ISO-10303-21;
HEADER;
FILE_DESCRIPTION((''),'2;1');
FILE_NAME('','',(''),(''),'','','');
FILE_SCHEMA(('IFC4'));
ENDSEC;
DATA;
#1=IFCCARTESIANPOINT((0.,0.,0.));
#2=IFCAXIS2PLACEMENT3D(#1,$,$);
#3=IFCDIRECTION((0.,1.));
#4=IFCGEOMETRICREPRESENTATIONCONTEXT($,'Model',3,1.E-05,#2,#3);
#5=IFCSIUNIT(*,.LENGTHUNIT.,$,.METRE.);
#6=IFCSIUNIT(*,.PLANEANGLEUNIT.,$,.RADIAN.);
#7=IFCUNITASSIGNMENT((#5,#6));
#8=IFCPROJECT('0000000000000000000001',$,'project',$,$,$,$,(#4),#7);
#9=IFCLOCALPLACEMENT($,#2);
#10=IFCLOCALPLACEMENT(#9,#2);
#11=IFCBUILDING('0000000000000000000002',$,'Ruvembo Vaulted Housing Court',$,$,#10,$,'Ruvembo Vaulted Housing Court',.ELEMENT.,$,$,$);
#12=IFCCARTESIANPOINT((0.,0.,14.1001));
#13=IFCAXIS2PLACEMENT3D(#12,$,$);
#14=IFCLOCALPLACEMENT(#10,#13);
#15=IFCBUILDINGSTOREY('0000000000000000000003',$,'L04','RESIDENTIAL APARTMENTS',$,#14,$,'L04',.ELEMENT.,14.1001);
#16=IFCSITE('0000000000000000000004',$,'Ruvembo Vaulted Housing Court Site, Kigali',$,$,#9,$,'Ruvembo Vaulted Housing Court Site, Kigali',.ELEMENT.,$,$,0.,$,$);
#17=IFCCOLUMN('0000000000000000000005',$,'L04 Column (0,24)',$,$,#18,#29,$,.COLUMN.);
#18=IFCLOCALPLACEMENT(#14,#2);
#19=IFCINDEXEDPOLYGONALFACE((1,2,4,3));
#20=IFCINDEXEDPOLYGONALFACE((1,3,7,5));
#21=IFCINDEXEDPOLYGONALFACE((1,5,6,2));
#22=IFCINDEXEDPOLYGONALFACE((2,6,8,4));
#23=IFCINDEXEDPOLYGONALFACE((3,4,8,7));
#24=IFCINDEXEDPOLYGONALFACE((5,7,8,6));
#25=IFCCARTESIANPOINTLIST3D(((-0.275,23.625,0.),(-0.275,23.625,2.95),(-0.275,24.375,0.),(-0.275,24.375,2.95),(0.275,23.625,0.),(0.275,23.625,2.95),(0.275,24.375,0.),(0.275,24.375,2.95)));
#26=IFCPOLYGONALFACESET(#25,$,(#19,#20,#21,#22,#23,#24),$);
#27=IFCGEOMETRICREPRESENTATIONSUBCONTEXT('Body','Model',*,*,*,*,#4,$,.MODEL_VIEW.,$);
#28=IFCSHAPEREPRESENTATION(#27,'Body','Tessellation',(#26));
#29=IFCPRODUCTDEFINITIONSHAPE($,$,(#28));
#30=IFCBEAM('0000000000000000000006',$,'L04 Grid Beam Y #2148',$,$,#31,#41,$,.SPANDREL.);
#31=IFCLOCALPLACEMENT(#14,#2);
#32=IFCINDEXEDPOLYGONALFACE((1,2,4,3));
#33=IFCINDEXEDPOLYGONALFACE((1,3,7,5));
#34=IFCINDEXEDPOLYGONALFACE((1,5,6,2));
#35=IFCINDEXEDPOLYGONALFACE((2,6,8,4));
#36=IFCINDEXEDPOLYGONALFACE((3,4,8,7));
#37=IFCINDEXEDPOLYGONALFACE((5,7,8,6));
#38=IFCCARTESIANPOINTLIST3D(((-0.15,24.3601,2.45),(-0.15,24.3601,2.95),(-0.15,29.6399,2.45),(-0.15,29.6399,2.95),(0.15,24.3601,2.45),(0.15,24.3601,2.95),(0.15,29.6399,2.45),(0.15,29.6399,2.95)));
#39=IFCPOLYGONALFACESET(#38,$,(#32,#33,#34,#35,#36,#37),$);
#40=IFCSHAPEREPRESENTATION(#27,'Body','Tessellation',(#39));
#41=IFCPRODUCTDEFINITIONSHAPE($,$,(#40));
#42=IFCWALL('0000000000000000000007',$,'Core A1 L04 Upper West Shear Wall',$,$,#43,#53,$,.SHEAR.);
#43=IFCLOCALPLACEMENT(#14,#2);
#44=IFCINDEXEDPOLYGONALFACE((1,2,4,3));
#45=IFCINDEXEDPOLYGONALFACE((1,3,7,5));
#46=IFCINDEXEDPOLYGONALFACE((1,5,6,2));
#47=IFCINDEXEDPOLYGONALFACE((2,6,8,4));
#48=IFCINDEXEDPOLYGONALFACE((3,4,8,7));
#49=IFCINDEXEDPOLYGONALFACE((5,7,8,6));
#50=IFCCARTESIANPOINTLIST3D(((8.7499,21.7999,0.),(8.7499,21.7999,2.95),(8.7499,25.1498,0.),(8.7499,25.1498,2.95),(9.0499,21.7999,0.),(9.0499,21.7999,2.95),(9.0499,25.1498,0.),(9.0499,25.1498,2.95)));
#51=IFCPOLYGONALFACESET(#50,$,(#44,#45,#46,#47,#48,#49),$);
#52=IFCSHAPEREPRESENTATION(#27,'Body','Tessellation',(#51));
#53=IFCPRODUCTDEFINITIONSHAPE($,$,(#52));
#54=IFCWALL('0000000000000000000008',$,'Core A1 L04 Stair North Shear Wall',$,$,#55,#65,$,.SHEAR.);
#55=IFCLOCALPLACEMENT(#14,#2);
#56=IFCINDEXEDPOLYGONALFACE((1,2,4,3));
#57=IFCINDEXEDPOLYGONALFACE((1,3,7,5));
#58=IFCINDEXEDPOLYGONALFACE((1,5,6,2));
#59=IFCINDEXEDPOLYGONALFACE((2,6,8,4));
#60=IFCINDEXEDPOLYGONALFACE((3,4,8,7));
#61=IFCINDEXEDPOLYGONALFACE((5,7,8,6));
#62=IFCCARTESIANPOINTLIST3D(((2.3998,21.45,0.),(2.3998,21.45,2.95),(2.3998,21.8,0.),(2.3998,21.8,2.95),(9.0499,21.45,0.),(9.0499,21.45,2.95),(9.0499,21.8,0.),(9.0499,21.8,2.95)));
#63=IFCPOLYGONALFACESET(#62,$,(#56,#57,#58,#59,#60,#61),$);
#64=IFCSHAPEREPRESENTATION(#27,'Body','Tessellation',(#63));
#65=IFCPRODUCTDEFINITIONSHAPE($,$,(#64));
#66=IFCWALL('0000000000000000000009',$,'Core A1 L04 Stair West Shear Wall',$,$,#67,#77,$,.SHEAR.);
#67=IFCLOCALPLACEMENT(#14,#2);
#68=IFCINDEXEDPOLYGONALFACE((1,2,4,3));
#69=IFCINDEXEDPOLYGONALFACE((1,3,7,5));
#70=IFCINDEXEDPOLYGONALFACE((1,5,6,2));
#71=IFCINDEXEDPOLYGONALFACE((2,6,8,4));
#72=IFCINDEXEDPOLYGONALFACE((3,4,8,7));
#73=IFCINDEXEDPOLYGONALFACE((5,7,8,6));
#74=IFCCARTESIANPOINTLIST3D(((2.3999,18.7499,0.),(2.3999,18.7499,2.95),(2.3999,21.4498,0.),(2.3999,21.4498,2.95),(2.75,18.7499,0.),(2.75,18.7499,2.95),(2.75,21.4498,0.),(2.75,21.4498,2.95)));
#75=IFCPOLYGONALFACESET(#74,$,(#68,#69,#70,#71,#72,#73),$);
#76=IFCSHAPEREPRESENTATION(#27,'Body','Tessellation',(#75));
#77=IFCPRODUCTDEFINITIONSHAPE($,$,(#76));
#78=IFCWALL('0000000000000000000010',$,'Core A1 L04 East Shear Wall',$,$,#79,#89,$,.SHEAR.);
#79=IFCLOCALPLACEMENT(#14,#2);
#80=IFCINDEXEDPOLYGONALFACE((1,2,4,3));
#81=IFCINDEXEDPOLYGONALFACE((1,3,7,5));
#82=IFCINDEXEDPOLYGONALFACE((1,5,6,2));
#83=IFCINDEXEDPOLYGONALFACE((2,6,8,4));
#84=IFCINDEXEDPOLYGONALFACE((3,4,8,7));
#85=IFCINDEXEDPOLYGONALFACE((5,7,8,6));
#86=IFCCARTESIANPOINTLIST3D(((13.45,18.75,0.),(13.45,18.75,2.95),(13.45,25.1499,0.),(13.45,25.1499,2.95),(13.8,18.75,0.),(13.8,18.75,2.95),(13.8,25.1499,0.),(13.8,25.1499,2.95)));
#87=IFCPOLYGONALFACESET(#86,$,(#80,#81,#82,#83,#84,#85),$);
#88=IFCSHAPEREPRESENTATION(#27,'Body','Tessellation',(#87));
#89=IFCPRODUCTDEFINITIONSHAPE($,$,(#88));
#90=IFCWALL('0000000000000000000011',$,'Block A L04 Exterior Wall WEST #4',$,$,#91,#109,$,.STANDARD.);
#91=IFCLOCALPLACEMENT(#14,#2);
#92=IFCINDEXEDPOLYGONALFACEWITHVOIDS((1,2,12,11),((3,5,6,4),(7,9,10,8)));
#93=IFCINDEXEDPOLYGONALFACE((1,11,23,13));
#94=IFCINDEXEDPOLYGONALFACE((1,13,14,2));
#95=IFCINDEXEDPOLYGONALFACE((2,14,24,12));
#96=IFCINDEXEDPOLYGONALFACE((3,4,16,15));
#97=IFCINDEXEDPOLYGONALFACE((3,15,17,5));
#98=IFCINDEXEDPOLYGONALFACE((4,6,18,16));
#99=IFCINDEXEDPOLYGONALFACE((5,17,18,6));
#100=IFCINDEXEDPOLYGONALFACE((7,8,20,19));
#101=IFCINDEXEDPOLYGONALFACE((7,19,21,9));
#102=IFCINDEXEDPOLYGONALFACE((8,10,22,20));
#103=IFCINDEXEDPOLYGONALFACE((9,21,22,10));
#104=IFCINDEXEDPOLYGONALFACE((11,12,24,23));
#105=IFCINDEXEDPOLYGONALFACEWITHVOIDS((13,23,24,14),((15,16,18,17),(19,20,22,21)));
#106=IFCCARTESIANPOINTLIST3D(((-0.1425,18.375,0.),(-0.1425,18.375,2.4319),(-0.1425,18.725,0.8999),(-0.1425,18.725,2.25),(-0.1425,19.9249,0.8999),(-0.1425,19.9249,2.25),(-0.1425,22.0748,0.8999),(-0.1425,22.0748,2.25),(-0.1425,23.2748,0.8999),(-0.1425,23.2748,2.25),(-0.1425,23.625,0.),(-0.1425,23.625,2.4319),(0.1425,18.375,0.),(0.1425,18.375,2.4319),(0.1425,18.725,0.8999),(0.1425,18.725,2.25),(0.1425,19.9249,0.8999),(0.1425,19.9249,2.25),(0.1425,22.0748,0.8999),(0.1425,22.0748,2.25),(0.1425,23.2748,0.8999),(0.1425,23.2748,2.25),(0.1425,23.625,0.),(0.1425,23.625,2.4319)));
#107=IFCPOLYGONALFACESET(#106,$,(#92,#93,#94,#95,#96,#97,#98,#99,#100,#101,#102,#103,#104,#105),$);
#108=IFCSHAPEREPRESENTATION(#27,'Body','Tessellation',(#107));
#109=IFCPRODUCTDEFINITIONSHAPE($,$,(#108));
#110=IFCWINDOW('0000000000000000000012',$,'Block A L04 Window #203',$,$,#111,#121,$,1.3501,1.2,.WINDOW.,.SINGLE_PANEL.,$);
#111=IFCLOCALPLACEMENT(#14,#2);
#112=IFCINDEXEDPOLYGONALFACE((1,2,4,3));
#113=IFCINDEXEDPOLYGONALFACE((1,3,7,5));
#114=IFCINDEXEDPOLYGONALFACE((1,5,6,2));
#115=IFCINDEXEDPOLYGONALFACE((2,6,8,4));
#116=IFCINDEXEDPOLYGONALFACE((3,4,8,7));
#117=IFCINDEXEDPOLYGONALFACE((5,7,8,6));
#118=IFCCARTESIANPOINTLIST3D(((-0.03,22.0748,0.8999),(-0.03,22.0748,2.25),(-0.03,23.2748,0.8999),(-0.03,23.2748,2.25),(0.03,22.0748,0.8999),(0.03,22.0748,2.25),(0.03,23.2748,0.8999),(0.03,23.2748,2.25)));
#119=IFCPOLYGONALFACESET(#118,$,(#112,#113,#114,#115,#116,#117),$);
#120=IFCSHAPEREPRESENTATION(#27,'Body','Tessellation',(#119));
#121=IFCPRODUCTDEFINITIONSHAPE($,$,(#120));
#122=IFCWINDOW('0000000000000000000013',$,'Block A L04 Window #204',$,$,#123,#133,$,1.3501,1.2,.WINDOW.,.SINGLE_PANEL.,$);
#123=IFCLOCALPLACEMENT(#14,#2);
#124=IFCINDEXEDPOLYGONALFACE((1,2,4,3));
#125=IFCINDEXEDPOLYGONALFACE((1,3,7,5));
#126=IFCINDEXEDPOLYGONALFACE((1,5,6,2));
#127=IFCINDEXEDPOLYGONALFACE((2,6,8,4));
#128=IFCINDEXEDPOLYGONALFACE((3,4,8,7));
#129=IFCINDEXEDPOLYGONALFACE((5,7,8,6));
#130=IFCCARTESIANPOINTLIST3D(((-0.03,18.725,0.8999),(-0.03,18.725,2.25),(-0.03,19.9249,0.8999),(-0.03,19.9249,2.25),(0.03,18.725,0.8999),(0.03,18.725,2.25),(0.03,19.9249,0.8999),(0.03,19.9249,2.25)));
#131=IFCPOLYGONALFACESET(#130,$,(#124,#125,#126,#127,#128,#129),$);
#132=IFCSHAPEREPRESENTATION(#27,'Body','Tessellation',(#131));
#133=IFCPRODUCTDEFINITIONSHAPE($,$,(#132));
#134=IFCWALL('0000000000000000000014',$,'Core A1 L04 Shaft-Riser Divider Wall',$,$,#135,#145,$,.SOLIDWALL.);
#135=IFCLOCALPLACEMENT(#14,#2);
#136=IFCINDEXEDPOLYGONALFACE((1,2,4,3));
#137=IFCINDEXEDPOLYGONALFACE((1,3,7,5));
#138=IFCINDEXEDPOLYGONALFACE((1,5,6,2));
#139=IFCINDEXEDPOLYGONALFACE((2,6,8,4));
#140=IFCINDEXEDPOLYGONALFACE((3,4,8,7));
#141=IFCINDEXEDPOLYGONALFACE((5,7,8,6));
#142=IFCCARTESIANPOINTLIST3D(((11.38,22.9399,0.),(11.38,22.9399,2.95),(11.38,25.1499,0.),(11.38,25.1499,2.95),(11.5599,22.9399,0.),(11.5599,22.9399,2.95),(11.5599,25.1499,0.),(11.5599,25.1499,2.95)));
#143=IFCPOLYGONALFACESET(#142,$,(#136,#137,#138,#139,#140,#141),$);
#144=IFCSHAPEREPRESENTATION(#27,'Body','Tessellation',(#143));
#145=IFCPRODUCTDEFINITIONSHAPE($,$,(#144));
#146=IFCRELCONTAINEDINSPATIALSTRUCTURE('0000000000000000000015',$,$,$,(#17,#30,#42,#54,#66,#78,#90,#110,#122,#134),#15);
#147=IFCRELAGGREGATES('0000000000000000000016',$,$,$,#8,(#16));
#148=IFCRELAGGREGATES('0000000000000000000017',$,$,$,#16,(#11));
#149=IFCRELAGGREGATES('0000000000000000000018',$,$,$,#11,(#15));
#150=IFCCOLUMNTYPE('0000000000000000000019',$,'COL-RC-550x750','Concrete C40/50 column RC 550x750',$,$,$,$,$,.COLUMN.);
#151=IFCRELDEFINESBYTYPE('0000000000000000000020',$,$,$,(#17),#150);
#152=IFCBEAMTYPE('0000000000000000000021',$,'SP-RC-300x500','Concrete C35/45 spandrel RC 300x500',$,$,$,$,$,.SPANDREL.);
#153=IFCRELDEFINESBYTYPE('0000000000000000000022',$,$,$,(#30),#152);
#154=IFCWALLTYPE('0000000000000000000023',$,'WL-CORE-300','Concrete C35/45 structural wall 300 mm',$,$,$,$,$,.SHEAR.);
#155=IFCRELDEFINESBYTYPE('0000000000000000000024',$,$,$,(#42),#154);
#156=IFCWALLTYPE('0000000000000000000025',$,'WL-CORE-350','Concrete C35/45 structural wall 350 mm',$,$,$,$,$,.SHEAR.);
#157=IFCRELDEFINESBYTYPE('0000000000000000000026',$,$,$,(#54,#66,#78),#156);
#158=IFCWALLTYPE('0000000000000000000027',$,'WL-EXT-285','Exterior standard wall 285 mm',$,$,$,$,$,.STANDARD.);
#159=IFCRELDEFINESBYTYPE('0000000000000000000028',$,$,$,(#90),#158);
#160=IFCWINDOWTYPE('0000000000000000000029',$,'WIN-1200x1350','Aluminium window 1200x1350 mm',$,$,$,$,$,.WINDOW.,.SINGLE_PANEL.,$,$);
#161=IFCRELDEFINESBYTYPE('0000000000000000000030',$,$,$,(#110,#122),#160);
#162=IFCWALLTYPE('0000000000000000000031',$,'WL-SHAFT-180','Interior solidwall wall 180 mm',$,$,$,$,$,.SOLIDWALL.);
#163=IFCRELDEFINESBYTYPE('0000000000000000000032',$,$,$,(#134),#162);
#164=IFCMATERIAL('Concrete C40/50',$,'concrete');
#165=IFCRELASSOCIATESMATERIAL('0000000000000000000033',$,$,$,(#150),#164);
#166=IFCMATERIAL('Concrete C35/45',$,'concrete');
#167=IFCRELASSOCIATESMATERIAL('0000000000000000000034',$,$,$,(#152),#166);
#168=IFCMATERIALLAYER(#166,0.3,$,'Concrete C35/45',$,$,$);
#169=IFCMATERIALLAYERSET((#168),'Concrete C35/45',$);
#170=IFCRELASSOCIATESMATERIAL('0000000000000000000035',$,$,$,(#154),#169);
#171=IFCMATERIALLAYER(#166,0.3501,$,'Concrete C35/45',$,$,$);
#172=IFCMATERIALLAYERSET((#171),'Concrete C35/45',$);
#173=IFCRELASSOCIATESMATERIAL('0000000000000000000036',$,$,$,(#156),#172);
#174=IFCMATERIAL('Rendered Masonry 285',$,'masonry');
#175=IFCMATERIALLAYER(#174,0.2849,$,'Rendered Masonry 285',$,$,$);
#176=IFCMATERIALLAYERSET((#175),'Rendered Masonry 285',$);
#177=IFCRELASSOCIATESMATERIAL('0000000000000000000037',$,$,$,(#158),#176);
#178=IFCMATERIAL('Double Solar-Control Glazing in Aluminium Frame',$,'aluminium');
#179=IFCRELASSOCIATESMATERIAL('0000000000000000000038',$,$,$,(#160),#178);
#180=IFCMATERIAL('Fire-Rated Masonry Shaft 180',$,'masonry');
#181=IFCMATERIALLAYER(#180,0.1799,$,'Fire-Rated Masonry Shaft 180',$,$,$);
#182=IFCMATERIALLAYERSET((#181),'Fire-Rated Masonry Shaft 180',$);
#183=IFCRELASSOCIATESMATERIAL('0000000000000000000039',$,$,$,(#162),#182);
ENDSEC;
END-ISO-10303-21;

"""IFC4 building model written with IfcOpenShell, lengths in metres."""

from ifc_helpers import new_model, si_unit, direction, frame, frame_2d, origin, origin_2d, place, context, subcontext, project, spatial, rectangle, extrude, material, layer, layer_set, material_profile, profile_set, type_object, element, fill, save


model = new_model("IFC4")

# Units and contexts
model_context = context("Model", 3, precision=1e-05, world=origin(), true_north=direction((0.0, 1.0)))
body_context = subcontext(model_context, "Body", "Model", "MODEL_VIEW")
ifc_project = project(units=[si_unit("LENGTHUNIT", "METRE"), si_unit("PLANEANGLEUNIT", "RADIAN")], contexts=[model_context])

# Site, building, storey
site_placement = place(None, origin())
site = spatial("IfcSite", under=ifc_project, at=site_placement, Name="Ruvembo Vaulted Housing Court Site, Kigali", LongName="Ruvembo Vaulted Housing Court Site, Kigali", CompositionType="ELEMENT", RefElevation=0.0)
building_placement = place(site_placement, origin())
building = spatial("IfcBuilding", under=site, at=building_placement, Name="Ruvembo Vaulted Housing Court", LongName="Ruvembo Vaulted Housing Court", CompositionType="ELEMENT")
storey_placement = place(building_placement, frame((0.0, 0.0, 14.1001)))
storey = spatial("IfcBuildingStorey", under=building, at=storey_placement, Name="L04", Description="RESIDENTIAL APARTMENTS", LongName="L04", CompositionType="ELEMENT", Elevation=14.1001)

# Column
ifc_material_1 = material(Name="Concrete C40/50", Category="concrete")
ifc_material_profile_1 = material_profile(ifc_material_1, rectangle(XDim=0.55, YDim=0.75, at=origin_2d()), Name="RC 550x750")
ifc_profile_set_1 = profile_set([ifc_material_profile_1], Name="Concrete C40/50")
column_type = type_object("IfcColumnType", Name="COL-RC-550x750", Description="Concrete C40/50 column RC 550x750", PredefinedType="COLUMN", material=ifc_profile_set_1)
column_placement = place(storey_placement, frame((0.0, 24.0, 0.0), z_axis=(0.0, 0.0, 1.0), x_axis=(1.0, 0.0, 0.0)))
element("IfcColumn", 1, at=column_placement, inside=storey, type_object=column_type, Name="L04 Column (0,24)", PredefinedType="COLUMN", context=body_context, shape_type="SweptSolid", body=[
    extrude(rectangle(XDim=0.55, YDim=0.75, at=origin_2d()), origin(), (0.0, 0.0, 1.0), 2.95),
])

# Beam
ifc_material_2 = material(Name="Concrete C35/45", Category="concrete")
ifc_material_profile_2 = material_profile(ifc_material_2, rectangle(XDim=0.3, YDim=0.5, at=origin_2d()), Name="RC 300x500")
ifc_profile_set_2 = profile_set([ifc_material_profile_2], Name="Concrete C35/45")
beam_type = type_object("IfcBeamType", Name="SP-RC-300x500", Description="Concrete C35/45 spandrel RC 300x500", PredefinedType="SPANDREL", material=ifc_profile_set_2)
beam_placement = place(storey_placement, frame((0.0, 24.3601, 2.7), z_axis=(0.0, 1.0, 0.0), x_axis=(-1.0, 0.0, 0.0)))
element("IfcBeam", 2, at=beam_placement, inside=storey, type_object=beam_type, Name="L04 Grid Beam Y #2148", PredefinedType="SPANDREL", context=body_context, shape_type="SweptSolid", body=[
    extrude(rectangle(XDim=0.3, YDim=0.5, at=origin_2d()), origin(), (0.0, 0.0, 1.0), 5.2798),
])

# Walls
ifc_layer_1 = layer(ifc_material_2, 0.3, Name="Concrete C35/45")
ifc_layer_set_1 = layer_set([ifc_layer_1], Name="Concrete C35/45")
wall_type_1 = type_object("IfcWallType", Name="WL-CORE-300", Description="Concrete C35/45 structural wall 300 mm", PredefinedType="SHEAR", material=ifc_layer_set_1)
wall_1_placement = place(storey_placement, frame((8.8999, 21.8, 0.0), z_axis=(0.0, 0.0, 1.0), x_axis=(0.0, 1.0, 0.0)))
element("IfcWall", 3, at=wall_1_placement, inside=storey, type_object=wall_type_1, Name="Core A1 L04 Upper West Shear Wall", PredefinedType="SHEAR", context=body_context, shape_type="SweptSolid", body=[
    extrude(rectangle(XDim=3.3499, YDim=0.3, at=frame_2d((1.6748, 0.0))), origin(), (0.0, 0.0, 1.0), 2.95),
])
ifc_layer_2 = layer(ifc_material_2, 0.3501, Name="Concrete C35/45")
ifc_layer_set_2 = layer_set([ifc_layer_2], Name="Concrete C35/45")
wall_type_2 = type_object("IfcWallType", Name="WL-CORE-350", Description="Concrete C35/45 structural wall 350 mm", PredefinedType="SHEAR", material=ifc_layer_set_2)
wall_2_placement = place(storey_placement, frame((9.05, 21.625, 0.0), z_axis=(0.0, 0.0, 1.0), x_axis=(-1.0, 0.0, 0.0)))
element("IfcWall", 4, at=wall_2_placement, inside=storey, type_object=wall_type_2, Name="Core A1 L04 Stair North Shear Wall", PredefinedType="SHEAR", context=body_context, shape_type="SweptSolid", body=[
    extrude(rectangle(XDim=6.6501, YDim=0.3501, at=frame_2d((3.3252, 0.0))), origin(), (0.0, 0.0, 1.0), 2.95),
])
wall_3_placement = place(storey_placement, frame((2.575, 21.45, 0.0), z_axis=(0.0, 0.0, 1.0), x_axis=(0.0, -1.0, 0.0)))
element("IfcWall", 5, at=wall_3_placement, inside=storey, type_object=wall_type_2, Name="Core A1 L04 Stair West Shear Wall", PredefinedType="SHEAR", context=body_context, shape_type="SweptSolid", body=[
    extrude(rectangle(XDim=2.7, YDim=0.3501, at=frame_2d((1.3501, 0.0))), origin(), (0.0, 0.0, 1.0), 2.95),
])
wall_4_placement = place(storey_placement, frame((13.625, 18.75, 0.0), z_axis=(0.0, 0.0, 1.0), x_axis=(0.0, 1.0, 0.0)))
element("IfcWall", 6, at=wall_4_placement, inside=storey, type_object=wall_type_2, Name="Core A1 L04 East Shear Wall", PredefinedType="SHEAR", context=body_context, shape_type="SweptSolid", body=[
    extrude(rectangle(XDim=6.3999, YDim=0.3501, at=frame_2d((3.2, 0.0))), origin(), (0.0, 0.0, 1.0), 2.95),
])

# Wall, openings, windows
ifc_material_3 = material(Name="Rendered Masonry 285", Category="masonry")
ifc_layer_3 = layer(ifc_material_3, 0.2849, Name="Rendered Masonry 285")
ifc_layer_set_3 = layer_set([ifc_layer_3], Name="Rendered Masonry 285")
wall_type_3 = type_object("IfcWallType", Name="WL-EXT-285", Description="Exterior standard wall 285 mm", PredefinedType="STANDARD", material=ifc_layer_set_3)
wall_5_placement = place(storey_placement, frame((0.0, 23.625, 0.0), z_axis=(0.0, 0.0, 1.0), x_axis=(0.0, -1.0, 0.0)))
wall_5 = element("IfcWall", 7, at=wall_5_placement, inside=storey, type_object=wall_type_3, Name="Block A L04 Exterior Wall WEST #4", PredefinedType="STANDARD", context=body_context, shape_type="SweptSolid", body=[
    extrude(rectangle(XDim=5.25, YDim=0.2849, at=frame_2d((2.625, 0.0))), origin(), (0.0, 0.0, 1.0), 2.4319),
])
opening_1_placement = place(wall_5_placement, frame((0.3501, 0.0, 0.8999)))
opening_1 = element("IfcOpeningElement", 8, at=opening_1_placement, cuts=wall_5, PredefinedType="OPENING", context=body_context, shape_type="SweptSolid", body=[
    extrude(rectangle(XDim=1.2, YDim=1.3501, at=frame_2d((0.6001, 0.675))), frame((0.0, 0.1523, 0.0), z_axis=(0.0, -1.0, 0.0), x_axis=(1.0, 0.0, 0.0)), (0.0, 0.0, 1.0), 0.3049),
])
opening_2_placement = place(wall_5_placement, frame((3.7, 0.0, 0.8999)))
opening_2 = element("IfcOpeningElement", 9, at=opening_2_placement, cuts=wall_5, PredefinedType="OPENING", context=body_context, shape_type="SweptSolid", body=[
    extrude(rectangle(XDim=1.2, YDim=1.3501, at=frame_2d((0.6001, 0.675))), frame((0.0, 0.1523, 0.0), z_axis=(0.0, -1.0, 0.0), x_axis=(1.0, 0.0, 0.0)), (0.0, 0.0, 1.0), 0.3049),
])
ifc_material_4 = material(Name="Double Solar-Control Glazing in Aluminium Frame", Category="aluminium")
window_type = type_object("IfcWindowType", Name="WIN-1200x1350", Description="Aluminium window 1200x1350 mm", PartitioningType="SINGLE_PANEL", PredefinedType="WINDOW", material=ifc_material_4)
window_1_placement = place(opening_1_placement, origin())
window_1 = element("IfcWindow", 10, at=window_1_placement, inside=storey, type_object=window_type, Name="Block A L04 Window #203", OverallHeight=1.3501, OverallWidth=1.2, PartitioningType="SINGLE_PANEL", PredefinedType="WINDOW", context=body_context, shape_type="SweptSolid", body=[
    extrude(rectangle(XDim=1.2, YDim=1.3501, at=frame_2d((0.6001, 0.675))), frame((0.0, 0.03, 0.0), z_axis=(0.0, -1.0, 0.0), x_axis=(1.0, 0.0, 0.0)), (0.0, 0.0, 1.0), 0.0601),
])
fill(opening_1, window_1)
window_2_placement = place(opening_2_placement, origin())
window_2 = element("IfcWindow", 11, at=window_2_placement, inside=storey, type_object=window_type, Name="Block A L04 Window #204", OverallHeight=1.3501, OverallWidth=1.2, PartitioningType="SINGLE_PANEL", PredefinedType="WINDOW", context=body_context, shape_type="SweptSolid", body=[
    extrude(rectangle(XDim=1.2, YDim=1.3501, at=frame_2d((0.6001, 0.675))), frame((0.0, 0.03, 0.0), z_axis=(0.0, -1.0, 0.0), x_axis=(1.0, 0.0, 0.0)), (0.0, 0.0, 1.0), 0.0601),
])
fill(opening_2, window_2)

# Shared definitions
ifc_material_5 = material(Name="Fire-Rated Masonry Shaft 180", Category="masonry")
ifc_layer_4 = layer(ifc_material_5, 0.1799, Name="Fire-Rated Masonry Shaft 180")
ifc_layer_set_4 = layer_set([ifc_layer_4], Name="Fire-Rated Masonry Shaft 180")
wall_type_4 = type_object("IfcWallType", Name="WL-SHAFT-180", Description="Interior solidwall wall 180 mm", PredefinedType="SOLIDWALL", material=ifc_layer_set_4)

# Wall
wall_6_placement = place(storey_placement, frame((11.47, 22.9399, 0.0), z_axis=(0.0, 0.0, 1.0), x_axis=(0.0, 1.0, 0.0)))
element("IfcWall", 12, at=wall_6_placement, inside=storey, type_object=wall_type_4, Name="Core A1 L04 Shaft-Riser Divider Wall", PredefinedType="SOLIDWALL", context=body_context, shape_type="SweptSolid", body=[
    extrude(rectangle(XDim=2.21, YDim=0.1799, at=frame_2d((1.105, 0.0))), origin(), (0.0, 0.0, 1.0), 2.95),
])

save(model, "model.ifc")
